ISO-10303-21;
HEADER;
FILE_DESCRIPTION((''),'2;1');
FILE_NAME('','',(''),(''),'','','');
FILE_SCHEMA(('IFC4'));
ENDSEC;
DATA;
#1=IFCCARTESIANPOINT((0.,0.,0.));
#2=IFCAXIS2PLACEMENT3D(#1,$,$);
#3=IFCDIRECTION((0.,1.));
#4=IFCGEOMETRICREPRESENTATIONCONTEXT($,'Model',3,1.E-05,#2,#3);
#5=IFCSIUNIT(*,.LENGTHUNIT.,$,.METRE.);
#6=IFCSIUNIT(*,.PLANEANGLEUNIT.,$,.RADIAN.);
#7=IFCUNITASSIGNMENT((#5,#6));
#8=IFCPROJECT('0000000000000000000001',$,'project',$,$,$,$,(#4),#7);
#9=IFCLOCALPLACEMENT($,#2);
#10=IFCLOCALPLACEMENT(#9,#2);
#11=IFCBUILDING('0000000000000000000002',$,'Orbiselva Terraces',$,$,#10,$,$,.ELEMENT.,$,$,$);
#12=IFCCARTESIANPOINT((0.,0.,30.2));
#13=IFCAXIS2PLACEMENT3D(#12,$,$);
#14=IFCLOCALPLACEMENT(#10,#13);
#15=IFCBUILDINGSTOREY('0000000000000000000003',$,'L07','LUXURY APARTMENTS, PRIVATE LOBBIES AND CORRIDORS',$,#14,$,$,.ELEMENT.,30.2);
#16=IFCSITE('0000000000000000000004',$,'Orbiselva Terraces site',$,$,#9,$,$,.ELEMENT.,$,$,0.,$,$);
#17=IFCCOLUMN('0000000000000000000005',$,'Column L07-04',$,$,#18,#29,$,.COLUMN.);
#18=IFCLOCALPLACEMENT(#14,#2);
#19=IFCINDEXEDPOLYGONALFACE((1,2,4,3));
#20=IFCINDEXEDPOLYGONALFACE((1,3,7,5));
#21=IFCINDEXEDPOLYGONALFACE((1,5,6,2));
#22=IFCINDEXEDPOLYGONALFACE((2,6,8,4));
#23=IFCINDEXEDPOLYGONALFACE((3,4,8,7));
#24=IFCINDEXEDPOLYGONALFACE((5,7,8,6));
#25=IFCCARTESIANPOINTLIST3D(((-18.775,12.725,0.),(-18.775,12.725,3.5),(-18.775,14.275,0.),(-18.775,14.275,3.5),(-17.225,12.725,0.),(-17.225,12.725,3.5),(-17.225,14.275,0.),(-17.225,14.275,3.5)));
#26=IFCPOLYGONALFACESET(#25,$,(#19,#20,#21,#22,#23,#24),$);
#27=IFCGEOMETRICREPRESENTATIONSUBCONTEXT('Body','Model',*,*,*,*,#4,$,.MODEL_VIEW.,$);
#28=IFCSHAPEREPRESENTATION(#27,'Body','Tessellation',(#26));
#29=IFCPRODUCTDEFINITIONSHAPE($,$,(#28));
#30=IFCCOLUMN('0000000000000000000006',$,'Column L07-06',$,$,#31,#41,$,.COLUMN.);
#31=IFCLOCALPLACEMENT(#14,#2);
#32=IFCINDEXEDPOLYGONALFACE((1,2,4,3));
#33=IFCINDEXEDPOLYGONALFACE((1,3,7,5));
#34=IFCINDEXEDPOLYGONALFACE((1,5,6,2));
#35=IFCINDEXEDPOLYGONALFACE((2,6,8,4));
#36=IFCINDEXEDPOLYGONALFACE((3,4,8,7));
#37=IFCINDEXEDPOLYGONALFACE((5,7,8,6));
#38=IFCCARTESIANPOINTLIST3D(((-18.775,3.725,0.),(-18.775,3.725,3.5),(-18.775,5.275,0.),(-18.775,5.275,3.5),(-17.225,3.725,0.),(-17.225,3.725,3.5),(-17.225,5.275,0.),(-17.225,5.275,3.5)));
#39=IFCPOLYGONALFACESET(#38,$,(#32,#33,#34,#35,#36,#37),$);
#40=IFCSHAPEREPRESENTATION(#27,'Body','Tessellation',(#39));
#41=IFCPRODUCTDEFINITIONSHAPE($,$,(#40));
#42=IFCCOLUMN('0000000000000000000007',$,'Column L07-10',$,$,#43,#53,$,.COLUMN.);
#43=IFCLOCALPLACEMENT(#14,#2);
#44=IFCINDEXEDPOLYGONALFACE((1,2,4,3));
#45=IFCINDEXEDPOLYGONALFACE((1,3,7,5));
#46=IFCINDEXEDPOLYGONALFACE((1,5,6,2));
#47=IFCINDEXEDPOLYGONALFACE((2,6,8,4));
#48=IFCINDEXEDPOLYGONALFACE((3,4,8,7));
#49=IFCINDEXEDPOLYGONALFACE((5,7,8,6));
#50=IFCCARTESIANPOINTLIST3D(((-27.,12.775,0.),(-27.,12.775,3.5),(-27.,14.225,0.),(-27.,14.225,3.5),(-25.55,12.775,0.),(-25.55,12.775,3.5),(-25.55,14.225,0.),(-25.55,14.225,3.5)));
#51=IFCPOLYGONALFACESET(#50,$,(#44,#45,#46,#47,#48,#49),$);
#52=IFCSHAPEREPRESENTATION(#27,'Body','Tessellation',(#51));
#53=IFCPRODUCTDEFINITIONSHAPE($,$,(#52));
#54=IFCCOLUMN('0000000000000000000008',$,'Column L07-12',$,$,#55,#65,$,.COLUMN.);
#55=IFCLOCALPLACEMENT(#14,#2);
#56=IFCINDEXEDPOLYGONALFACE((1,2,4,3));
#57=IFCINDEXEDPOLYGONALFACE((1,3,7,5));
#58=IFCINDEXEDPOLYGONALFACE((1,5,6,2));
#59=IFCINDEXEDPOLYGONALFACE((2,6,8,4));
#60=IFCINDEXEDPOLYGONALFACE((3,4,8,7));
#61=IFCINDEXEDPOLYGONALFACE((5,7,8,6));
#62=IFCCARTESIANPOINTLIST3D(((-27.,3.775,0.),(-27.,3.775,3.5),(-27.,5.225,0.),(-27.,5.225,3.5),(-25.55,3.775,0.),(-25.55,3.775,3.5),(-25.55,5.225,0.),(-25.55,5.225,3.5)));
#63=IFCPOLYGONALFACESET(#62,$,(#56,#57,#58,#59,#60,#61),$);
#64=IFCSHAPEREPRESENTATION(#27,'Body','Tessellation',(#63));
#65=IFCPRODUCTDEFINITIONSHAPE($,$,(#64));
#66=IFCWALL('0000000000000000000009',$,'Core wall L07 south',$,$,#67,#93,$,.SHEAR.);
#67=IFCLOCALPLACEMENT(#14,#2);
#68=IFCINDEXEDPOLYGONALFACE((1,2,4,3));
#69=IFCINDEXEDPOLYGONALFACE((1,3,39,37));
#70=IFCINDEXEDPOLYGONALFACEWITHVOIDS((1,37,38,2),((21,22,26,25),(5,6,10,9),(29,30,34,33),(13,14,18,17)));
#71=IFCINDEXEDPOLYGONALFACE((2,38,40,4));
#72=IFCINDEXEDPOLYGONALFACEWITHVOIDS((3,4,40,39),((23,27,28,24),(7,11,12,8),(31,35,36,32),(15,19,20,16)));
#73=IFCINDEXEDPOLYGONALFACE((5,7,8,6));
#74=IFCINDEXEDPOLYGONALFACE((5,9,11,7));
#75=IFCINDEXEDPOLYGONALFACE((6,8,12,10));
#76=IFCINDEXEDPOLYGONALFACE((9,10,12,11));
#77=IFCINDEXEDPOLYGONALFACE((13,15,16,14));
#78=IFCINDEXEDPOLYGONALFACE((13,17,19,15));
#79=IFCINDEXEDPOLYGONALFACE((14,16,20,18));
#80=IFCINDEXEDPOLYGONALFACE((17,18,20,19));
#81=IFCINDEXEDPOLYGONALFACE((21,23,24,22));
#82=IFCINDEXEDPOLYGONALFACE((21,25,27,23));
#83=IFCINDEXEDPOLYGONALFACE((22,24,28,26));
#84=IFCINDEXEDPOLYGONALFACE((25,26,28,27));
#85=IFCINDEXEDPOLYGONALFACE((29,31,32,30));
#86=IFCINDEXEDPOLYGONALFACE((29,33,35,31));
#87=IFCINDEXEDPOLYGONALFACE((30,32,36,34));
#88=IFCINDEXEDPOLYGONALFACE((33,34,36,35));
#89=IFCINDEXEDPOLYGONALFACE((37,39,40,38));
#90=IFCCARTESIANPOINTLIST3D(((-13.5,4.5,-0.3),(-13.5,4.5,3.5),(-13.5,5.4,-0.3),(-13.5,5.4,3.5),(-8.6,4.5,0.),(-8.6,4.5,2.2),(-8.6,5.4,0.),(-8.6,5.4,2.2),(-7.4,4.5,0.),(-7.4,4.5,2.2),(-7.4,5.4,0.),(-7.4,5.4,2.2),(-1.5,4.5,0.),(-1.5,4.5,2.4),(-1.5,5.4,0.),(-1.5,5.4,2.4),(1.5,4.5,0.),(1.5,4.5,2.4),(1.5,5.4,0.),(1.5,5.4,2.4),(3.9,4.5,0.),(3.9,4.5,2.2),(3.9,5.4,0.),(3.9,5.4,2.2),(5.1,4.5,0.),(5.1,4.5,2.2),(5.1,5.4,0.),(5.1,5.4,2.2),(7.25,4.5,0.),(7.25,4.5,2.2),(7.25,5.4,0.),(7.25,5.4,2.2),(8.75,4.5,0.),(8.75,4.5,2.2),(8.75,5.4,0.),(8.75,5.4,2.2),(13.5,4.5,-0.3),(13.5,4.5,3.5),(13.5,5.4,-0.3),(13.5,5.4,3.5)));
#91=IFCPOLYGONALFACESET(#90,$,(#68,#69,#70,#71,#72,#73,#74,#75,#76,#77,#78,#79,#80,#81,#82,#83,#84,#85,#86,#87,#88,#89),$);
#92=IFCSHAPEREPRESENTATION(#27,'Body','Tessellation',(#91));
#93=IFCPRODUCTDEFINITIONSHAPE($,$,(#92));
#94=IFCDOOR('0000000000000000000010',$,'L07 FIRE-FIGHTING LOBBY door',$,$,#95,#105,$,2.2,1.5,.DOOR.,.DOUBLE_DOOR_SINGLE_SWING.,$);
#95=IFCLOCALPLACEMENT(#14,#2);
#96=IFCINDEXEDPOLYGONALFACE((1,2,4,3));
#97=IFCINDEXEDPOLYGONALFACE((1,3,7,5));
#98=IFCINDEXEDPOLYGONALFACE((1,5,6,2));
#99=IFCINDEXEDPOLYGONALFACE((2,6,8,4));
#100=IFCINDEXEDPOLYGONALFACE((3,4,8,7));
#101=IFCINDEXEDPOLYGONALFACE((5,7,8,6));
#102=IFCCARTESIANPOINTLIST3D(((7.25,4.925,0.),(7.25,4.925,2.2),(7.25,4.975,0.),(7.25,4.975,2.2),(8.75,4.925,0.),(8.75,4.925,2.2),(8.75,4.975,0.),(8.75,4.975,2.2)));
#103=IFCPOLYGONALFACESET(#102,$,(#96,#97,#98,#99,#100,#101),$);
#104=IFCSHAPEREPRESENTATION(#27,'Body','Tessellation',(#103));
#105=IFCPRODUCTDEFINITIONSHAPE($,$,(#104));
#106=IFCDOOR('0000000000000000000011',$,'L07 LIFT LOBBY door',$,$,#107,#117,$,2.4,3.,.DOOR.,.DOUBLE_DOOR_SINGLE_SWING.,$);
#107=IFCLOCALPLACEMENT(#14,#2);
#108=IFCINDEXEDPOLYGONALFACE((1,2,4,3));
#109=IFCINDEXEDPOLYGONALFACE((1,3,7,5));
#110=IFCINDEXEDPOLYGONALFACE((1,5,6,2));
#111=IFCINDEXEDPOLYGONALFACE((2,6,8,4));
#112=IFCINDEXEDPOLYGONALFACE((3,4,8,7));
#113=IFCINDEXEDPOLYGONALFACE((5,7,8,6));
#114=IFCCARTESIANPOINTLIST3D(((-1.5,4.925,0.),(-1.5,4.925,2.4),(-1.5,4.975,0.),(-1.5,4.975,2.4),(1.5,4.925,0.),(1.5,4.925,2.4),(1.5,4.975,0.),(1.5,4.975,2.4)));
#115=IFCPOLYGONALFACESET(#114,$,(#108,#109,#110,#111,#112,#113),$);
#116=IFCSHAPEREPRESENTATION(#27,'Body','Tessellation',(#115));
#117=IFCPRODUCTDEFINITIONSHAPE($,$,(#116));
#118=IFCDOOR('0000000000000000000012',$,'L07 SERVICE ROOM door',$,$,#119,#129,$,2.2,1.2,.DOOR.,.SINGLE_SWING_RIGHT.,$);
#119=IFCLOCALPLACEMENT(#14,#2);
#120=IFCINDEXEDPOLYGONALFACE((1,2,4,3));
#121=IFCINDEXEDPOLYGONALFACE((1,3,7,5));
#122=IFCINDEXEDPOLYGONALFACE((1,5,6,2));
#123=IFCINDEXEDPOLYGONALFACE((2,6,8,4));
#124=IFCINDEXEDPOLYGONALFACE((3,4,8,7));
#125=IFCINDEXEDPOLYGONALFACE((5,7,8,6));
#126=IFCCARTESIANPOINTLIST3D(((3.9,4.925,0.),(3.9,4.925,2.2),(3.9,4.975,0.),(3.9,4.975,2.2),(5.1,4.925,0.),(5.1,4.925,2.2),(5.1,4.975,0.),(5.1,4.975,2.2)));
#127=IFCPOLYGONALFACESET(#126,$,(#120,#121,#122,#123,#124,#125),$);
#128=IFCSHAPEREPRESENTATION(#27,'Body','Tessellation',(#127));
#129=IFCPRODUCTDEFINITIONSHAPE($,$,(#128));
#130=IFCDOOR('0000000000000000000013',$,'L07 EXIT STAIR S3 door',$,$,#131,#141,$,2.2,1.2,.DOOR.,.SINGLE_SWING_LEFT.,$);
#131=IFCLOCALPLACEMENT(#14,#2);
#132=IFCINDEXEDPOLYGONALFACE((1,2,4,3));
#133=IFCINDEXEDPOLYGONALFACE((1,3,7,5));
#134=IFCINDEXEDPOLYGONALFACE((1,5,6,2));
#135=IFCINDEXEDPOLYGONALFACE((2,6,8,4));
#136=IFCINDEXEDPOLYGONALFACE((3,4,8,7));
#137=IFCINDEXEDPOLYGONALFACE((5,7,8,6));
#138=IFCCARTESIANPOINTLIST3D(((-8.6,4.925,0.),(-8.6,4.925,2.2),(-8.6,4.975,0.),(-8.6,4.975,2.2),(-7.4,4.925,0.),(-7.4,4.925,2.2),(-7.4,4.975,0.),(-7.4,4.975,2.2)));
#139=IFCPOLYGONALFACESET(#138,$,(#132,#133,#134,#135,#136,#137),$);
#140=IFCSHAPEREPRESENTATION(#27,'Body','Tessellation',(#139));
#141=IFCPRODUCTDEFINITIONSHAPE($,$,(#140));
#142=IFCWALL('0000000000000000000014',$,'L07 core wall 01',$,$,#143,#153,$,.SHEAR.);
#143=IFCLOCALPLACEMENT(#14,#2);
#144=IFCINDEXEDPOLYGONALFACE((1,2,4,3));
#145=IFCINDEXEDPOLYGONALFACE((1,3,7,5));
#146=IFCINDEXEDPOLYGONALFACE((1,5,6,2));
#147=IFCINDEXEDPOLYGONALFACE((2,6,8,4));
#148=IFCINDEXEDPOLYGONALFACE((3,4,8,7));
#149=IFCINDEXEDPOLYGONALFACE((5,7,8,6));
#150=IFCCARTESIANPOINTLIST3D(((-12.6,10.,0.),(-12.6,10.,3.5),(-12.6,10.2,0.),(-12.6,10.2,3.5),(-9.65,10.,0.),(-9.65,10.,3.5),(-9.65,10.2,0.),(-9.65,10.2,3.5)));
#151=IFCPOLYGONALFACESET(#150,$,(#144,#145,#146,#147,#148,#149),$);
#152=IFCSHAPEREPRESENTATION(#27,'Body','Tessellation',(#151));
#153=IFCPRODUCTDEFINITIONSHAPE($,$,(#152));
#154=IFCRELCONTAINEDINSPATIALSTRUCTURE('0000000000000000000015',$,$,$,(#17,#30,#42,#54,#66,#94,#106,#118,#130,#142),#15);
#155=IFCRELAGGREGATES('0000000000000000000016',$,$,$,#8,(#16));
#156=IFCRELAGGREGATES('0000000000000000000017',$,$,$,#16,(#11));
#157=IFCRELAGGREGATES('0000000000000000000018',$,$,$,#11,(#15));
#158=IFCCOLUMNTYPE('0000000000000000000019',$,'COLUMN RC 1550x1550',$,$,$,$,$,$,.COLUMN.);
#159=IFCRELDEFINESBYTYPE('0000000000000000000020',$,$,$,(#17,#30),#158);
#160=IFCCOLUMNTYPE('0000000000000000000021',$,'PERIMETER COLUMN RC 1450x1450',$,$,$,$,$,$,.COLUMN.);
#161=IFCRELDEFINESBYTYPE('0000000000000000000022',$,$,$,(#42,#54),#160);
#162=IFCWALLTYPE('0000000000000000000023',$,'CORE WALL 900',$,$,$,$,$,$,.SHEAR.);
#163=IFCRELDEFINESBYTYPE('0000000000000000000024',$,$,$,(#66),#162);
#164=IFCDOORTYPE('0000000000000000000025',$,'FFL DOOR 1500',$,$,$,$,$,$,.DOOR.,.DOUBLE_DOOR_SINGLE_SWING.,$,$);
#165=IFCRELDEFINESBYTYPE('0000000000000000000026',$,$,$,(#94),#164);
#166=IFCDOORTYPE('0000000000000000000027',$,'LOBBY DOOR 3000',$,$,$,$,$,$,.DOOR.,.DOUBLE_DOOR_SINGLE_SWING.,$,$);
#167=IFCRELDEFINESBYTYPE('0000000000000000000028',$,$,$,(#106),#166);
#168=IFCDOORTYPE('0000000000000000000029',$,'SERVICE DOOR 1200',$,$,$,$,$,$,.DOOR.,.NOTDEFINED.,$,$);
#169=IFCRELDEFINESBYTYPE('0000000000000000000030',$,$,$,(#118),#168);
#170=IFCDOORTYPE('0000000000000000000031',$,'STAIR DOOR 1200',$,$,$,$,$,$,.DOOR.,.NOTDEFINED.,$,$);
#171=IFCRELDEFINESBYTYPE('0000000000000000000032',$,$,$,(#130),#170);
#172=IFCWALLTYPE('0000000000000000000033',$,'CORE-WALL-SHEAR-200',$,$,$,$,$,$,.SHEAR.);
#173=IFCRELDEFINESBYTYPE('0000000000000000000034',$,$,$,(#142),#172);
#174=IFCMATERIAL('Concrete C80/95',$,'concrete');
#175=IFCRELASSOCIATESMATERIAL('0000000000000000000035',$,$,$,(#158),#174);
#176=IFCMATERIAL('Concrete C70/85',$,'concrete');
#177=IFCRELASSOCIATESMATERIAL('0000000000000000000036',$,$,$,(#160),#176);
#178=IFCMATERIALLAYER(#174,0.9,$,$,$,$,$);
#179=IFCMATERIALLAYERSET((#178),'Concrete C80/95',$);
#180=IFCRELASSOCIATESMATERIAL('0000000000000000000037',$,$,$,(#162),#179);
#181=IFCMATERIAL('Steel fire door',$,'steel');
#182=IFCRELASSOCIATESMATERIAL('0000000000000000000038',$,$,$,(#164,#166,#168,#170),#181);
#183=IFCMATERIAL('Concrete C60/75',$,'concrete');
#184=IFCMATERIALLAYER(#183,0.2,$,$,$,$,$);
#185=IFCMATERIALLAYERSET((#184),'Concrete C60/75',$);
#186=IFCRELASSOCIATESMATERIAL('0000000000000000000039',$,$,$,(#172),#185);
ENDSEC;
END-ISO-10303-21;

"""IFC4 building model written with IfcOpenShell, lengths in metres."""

from ifc_helpers import new_model, si_unit, direction, frame, frame_2d, origin, origin_2d, place, context, subcontext, project, spatial, rectangle, extrude, material, layer, layer_set, material_profile, profile_set, type_object, element, fill, save


model = new_model("IFC4")

# Units and contexts
model_context = context("Model", 3, precision=1e-05, world=origin(), true_north=direction((0.0, 1.0)))
body_context = subcontext(model_context, "Body", "Model", "MODEL_VIEW")
ifc_project = project(units=[si_unit("LENGTHUNIT", "METRE"), si_unit("PLANEANGLEUNIT", "RADIAN")], contexts=[model_context])

# Site, building, storey
site_placement = place(None, origin())
site = spatial("IfcSite", under=ifc_project, at=site_placement, Name="Orbiselva Terraces site", CompositionType="ELEMENT", RefElevation=0.0)
building_placement = place(site_placement, origin())
building = spatial("IfcBuilding", under=site, at=building_placement, Name="Orbiselva Terraces", CompositionType="ELEMENT")
storey_placement = place(building_placement, frame((0.0, 0.0, 30.2)))
storey = spatial("IfcBuildingStorey", under=building, at=storey_placement, Name="L07", Description="LUXURY APARTMENTS, PRIVATE LOBBIES AND CORRIDORS", CompositionType="ELEMENT", Elevation=30.2)

# Columns
ifc_material_1 = material(Name="Concrete C80/95", Category="concrete")
ifc_material_profile_1 = material_profile(ifc_material_1, rectangle(XDim=1.55, YDim=1.55, at=origin_2d()), Name="RC 1550x1550")
ifc_profile_set_1 = profile_set([ifc_material_profile_1], Name="Concrete C80/95")
column_type_1 = type_object("IfcColumnType", Name="COLUMN RC 1550x1550", PredefinedType="COLUMN", material=ifc_profile_set_1)
for number, where, z_axis, x_axis, name in (
    (1, (-18.0, 13.5, 0.0), (0.0, 0.0, 1.0), (1.0, 0.0, 0.0), "Column L07-04"),
    (2, (-18.0, 4.5, 0.0), (0.0, 0.0, 1.0), (1.0, 0.0, 0.0), "Column L07-06"),
):
    element("IfcColumn", number, at=place(storey_placement, frame(where, z_axis=z_axis, x_axis=x_axis)), inside=storey, type_object=column_type_1, Name=name, PredefinedType="COLUMN", context=body_context, shape_type="SweptSolid", body=[
        extrude(rectangle(XDim=1.55, YDim=1.55, at=origin_2d()), origin(), (0.0, 0.0, 1.0), 3.5),
    ])
ifc_material_2 = material(Name="Concrete C70/85", Category="concrete")
ifc_material_profile_2 = material_profile(ifc_material_2, rectangle(XDim=1.45, YDim=1.45, at=origin_2d()), Name="RC 1450x1450")
ifc_profile_set_2 = profile_set([ifc_material_profile_2], Name="Concrete C70/85")
column_type_2 = type_object("IfcColumnType", Name="PERIMETER COLUMN RC 1450x1450", PredefinedType="COLUMN", material=ifc_profile_set_2)
for number, where, z_axis, x_axis, name in (
    (3, (-26.275, 13.5, 0.0), (0.0, 0.0, 1.0), (1.0, 0.0, 0.0), "Column L07-10"),
    (4, (-26.275, 4.5, 0.0), (0.0, 0.0, 1.0), (1.0, 0.0, 0.0), "Column L07-12"),
):
    element("IfcColumn", number, at=place(storey_placement, frame(where, z_axis=z_axis, x_axis=x_axis)), inside=storey, type_object=column_type_2, Name=name, PredefinedType="COLUMN", context=body_context, shape_type="SweptSolid", body=[
        extrude(rectangle(XDim=1.45, YDim=1.45, at=origin_2d()), origin(), (0.0, 0.0, 1.0), 3.5),
    ])

# Wall, openings, doors
ifc_layer_1 = layer(ifc_material_1, 0.9)
ifc_layer_set_1 = layer_set([ifc_layer_1], Name="Concrete C80/95")
wall_type_1 = type_object("IfcWallType", Name="CORE WALL 900", PredefinedType="SHEAR", material=ifc_layer_set_1)
wall_1_placement = place(storey_placement, frame((-13.5, 4.95, -0.3), z_axis=(0.0, 0.0, 1.0), x_axis=(1.0, 0.0, 0.0)))
wall_1 = element("IfcWall", 5, at=wall_1_placement, inside=storey, type_object=wall_type_1, Name="Core wall L07 south", PredefinedType="SHEAR", context=body_context, shape_type="SweptSolid", body=[
    extrude(rectangle(XDim=27.0, YDim=0.9, at=frame_2d((13.5, 0.0))), origin(), (0.0, 0.0, 1.0), 3.8),
])
opening_1_placement = place(wall_1_placement, frame((12.0, 0.0, 0.3)))
opening_1 = element("IfcOpeningElement", 6, at=opening_1_placement, cuts=wall_1, PredefinedType="OPENING", context=body_context, shape_type="SweptSolid", body=[
    extrude(rectangle(XDim=3.0, YDim=2.4, at=frame_2d((1.5, 1.2))), frame((0.0, 0.46, 0.0), z_axis=(0.0, -1.0, 0.0), x_axis=(1.0, 0.0, 0.0)), (0.0, 0.0, 1.0), 0.92),
])
opening_2_placement = place(wall_1_placement, frame((4.9, 0.0, 0.3)))
opening_2 = element("IfcOpeningElement", 7, at=opening_2_placement, cuts=wall_1, PredefinedType="OPENING", context=body_context, shape_type="SweptSolid", body=[
    extrude(rectangle(XDim=1.2, YDim=2.2, at=frame_2d((0.6, 1.1))), frame((0.0, 0.46, 0.0), z_axis=(0.0, -1.0, 0.0), x_axis=(1.0, 0.0, 0.0)), (0.0, 0.0, 1.0), 0.92),
])
opening_3_placement = place(wall_1_placement, frame((20.75, 0.0, 0.3)))
opening_3 = element("IfcOpeningElement", 8, at=opening_3_placement, cuts=wall_1, PredefinedType="OPENING", context=body_context, shape_type="SweptSolid", body=[
    extrude(rectangle(XDim=1.5, YDim=2.2, at=frame_2d((0.75, 1.1))), frame((0.0, 0.46, 0.0), z_axis=(0.0, -1.0, 0.0), x_axis=(1.0, 0.0, 0.0)), (0.0, 0.0, 1.0), 0.92),
])
opening_4_placement = place(wall_1_placement, frame((17.4, 0.0, 0.3)))
opening_4 = element("IfcOpeningElement", 9, at=opening_4_placement, cuts=wall_1, PredefinedType="OPENING", context=body_context, shape_type="SweptSolid", body=[
    extrude(rectangle(XDim=1.2, YDim=2.2, at=frame_2d((0.6, 1.1))), frame((0.0, 0.46, 0.0), z_axis=(0.0, -1.0, 0.0), x_axis=(1.0, 0.0, 0.0)), (0.0, 0.0, 1.0), 0.92),
])
ifc_material_3 = material(Name="Steel fire door", Category="steel")
door_type_1 = type_object("IfcDoorType", Name="FFL DOOR 1500", OperationType="DOUBLE_DOOR_SINGLE_SWING", PredefinedType="DOOR", material=ifc_material_3)
door_1_placement = place(opening_3_placement, frame((1.5, 0.0, 0.0), z_axis=(0.0, 0.0, 1.0), x_axis=(-1.0, 0.0, 0.0)))
door_1 = element("IfcDoor", 10, at=door_1_placement, inside=storey, type_object=door_type_1, Name="L07 FIRE-FIGHTING LOBBY door", OperationType="DOUBLE_DOOR_SINGLE_SWING", OverallHeight=2.2, OverallWidth=1.5, PredefinedType="DOOR", context=body_context, shape_type="SweptSolid", body=[
    extrude(rectangle(XDim=1.5, YDim=2.2, at=frame_2d((0.75, 1.1))), frame((0.0, 0.025, 0.0), z_axis=(0.0, -1.0, 0.0), x_axis=(1.0, 0.0, 0.0)), (0.0, 0.0, 1.0), 0.05),
])
fill(opening_3, door_1)
door_type_2 = type_object("IfcDoorType", Name="LOBBY DOOR 3000", OperationType="DOUBLE_DOOR_SINGLE_SWING", PredefinedType="DOOR", material=ifc_material_3)
door_2_placement = place(opening_1_placement, frame((3.0, 0.0, 0.0), z_axis=(0.0, 0.0, 1.0), x_axis=(-1.0, 0.0, 0.0)))
door_2 = element("IfcDoor", 11, at=door_2_placement, inside=storey, type_object=door_type_2, Name="L07 LIFT LOBBY door", OperationType="DOUBLE_DOOR_SINGLE_SWING", OverallHeight=2.4, OverallWidth=3.0, PredefinedType="DOOR", context=body_context, shape_type="SweptSolid", body=[
    extrude(rectangle(XDim=3.0, YDim=2.4, at=frame_2d((1.5, 1.2))), frame((0.0, 0.025, 0.0), z_axis=(0.0, -1.0, 0.0), x_axis=(1.0, 0.0, 0.0)), (0.0, 0.0, 1.0), 0.05),
])
fill(opening_1, door_2)
door_type_3 = type_object("IfcDoorType", Name="SERVICE DOOR 1200", OperationType="NOTDEFINED", PredefinedType="DOOR", material=ifc_material_3)
door_3_placement = place(opening_4_placement, frame((1.2, 0.0, 0.0), z_axis=(0.0, 0.0, 1.0), x_axis=(-1.0, 0.0, 0.0)))
door_3 = element("IfcDoor", 12, at=door_3_placement, inside=storey, type_object=door_type_3, Name="L07 SERVICE ROOM door", OperationType="SINGLE_SWING_RIGHT", OverallHeight=2.2, OverallWidth=1.2, PredefinedType="DOOR", context=body_context, shape_type="SweptSolid", body=[
    extrude(rectangle(XDim=1.2, YDim=2.2, at=frame_2d((0.6, 1.1))), frame((0.0, 0.025, 0.0), z_axis=(0.0, -1.0, 0.0), x_axis=(1.0, 0.0, 0.0)), (0.0, 0.0, 1.0), 0.05),
])
fill(opening_4, door_3)
door_type_4 = type_object("IfcDoorType", Name="STAIR DOOR 1200", OperationType="NOTDEFINED", PredefinedType="DOOR", material=ifc_material_3)
door_4_placement = place(opening_2_placement, frame((1.2, 0.0, 0.0), z_axis=(0.0, 0.0, 1.0), x_axis=(-1.0, 0.0, 0.0)))
door_4 = element("IfcDoor", 13, at=door_4_placement, inside=storey, type_object=door_type_4, Name="L07 EXIT STAIR S3 door", OperationType="SINGLE_SWING_LEFT", OverallHeight=2.2, OverallWidth=1.2, PredefinedType="DOOR", context=body_context, shape_type="SweptSolid", body=[
    extrude(rectangle(XDim=1.2, YDim=2.2, at=frame_2d((0.6, 1.1))), frame((0.0, 0.025, 0.0), z_axis=(0.0, -1.0, 0.0), x_axis=(1.0, 0.0, 0.0)), (0.0, 0.0, 1.0), 0.05),
])
fill(opening_2, door_4)

# Wall
ifc_material_4 = material(Name="Concrete C60/75", Category="concrete")
ifc_layer_2 = layer(ifc_material_4, 0.2)
ifc_layer_set_2 = layer_set([ifc_layer_2], Name="Concrete C60/75")
wall_type_2 = type_object("IfcWallType", Name="CORE-WALL-SHEAR-200", PredefinedType="SHEAR", material=ifc_layer_set_2)
wall_2_placement = place(storey_placement, frame((-12.6, 10.1, 0.0), z_axis=(0.0, 0.0, 1.0), x_axis=(1.0, 0.0, 0.0)))
element("IfcWall", 14, at=wall_2_placement, inside=storey, type_object=wall_type_2, Name="L07 core wall 01", PredefinedType="SHEAR", context=body_context, shape_type="SweptSolid", body=[
    extrude(rectangle(XDim=2.95, YDim=0.2, at=frame_2d((1.475, 0.0))), origin(), (0.0, 0.0, 1.0), 3.5),
])

save(model, "model.ifc")
